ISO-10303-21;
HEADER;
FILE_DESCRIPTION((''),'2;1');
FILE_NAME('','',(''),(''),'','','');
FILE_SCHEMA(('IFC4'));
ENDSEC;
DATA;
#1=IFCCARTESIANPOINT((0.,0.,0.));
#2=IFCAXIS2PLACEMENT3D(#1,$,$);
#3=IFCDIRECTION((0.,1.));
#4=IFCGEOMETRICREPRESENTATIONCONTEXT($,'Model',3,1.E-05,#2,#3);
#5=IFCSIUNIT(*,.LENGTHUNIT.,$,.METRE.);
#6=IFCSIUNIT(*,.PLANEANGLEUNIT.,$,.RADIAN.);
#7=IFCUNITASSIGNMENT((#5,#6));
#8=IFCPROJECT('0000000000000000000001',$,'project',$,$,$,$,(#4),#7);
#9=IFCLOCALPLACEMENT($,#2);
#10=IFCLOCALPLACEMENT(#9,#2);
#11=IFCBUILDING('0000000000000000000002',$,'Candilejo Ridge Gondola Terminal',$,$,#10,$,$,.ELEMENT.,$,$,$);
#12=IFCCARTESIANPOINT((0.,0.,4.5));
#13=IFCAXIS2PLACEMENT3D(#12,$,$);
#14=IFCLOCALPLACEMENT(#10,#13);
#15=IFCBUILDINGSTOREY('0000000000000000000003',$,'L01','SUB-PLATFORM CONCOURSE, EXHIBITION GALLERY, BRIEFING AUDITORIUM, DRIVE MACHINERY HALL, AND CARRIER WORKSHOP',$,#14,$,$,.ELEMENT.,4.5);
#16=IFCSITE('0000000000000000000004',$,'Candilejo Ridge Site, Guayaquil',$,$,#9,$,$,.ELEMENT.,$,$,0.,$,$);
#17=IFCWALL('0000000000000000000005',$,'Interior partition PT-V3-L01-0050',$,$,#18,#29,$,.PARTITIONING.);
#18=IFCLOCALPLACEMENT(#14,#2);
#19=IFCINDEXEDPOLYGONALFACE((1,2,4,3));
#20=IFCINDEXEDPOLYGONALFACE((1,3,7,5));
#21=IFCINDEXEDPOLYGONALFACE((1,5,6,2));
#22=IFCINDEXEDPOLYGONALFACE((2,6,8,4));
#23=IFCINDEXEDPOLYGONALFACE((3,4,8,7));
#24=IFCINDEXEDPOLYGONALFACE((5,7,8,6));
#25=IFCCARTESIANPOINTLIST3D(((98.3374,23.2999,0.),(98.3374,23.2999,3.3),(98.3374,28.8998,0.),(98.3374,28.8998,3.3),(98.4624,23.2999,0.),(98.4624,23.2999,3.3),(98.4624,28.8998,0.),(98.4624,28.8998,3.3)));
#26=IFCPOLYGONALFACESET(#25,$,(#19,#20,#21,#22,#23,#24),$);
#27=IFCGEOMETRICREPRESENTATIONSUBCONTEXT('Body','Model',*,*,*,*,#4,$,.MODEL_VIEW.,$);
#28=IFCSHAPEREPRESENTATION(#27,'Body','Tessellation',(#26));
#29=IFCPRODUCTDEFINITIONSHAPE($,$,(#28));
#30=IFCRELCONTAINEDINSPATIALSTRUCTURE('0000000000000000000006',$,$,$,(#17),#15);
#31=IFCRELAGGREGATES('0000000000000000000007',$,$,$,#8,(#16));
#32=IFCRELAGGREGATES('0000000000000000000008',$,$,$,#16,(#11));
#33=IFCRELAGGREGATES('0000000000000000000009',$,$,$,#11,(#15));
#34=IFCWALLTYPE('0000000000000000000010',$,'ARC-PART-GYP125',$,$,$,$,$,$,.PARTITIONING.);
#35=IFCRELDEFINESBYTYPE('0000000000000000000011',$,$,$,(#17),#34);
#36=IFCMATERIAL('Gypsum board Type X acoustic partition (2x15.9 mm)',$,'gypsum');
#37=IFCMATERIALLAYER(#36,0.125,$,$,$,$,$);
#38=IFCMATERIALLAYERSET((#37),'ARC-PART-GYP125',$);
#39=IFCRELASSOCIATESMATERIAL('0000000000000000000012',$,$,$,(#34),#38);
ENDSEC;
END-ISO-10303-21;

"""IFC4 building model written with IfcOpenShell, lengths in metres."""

from ifc_helpers import new_model, si_unit, direction, frame, frame_2d, origin, place, context, subcontext, project, spatial, rectangle, extrude, material, layer, layer_set, type_object, element, save


model = new_model("IFC4")

# Units and contexts
model_context = context("Model", 3, precision=1e-05, world=origin(), true_north=direction((0.0, 1.0)))
body_context = subcontext(model_context, "Body", "Model", "MODEL_VIEW")
ifc_project = project(units=[si_unit("LENGTHUNIT", "METRE"), si_unit("PLANEANGLEUNIT", "RADIAN")], contexts=[model_context])

# Site, building, storey
site_placement = place(None, origin())
site = spatial("IfcSite", under=ifc_project, at=site_placement, Name="Candilejo Ridge Site, Guayaquil", CompositionType="ELEMENT", RefElevation=0.0)
building_placement = place(site_placement, origin())
building = spatial("IfcBuilding", under=site, at=building_placement, Name="Candilejo Ridge Gondola Terminal", CompositionType="ELEMENT")
storey_placement = place(building_placement, frame((0.0, 0.0, 4.5)))
storey = spatial("IfcBuildingStorey", under=building, at=storey_placement, Name="L01", Description="SUB-PLATFORM CONCOURSE, EXHIBITION GALLERY, BRIEFING AUDITORIUM, DRIVE MACHINERY HALL, AND CARRIER WORKSHOP", CompositionType="ELEMENT", Elevation=4.5)

# Wall
ifc_material_1 = material(Name="Gypsum board Type X acoustic partition (2x15.9 mm)", Category="gypsum")
ifc_layer_1 = layer(ifc_material_1, 0.125)
ifc_layer_set_1 = layer_set([ifc_layer_1], Name="ARC-PART-GYP125")
wall_type = type_object("IfcWallType", Name="ARC-PART-GYP125", PredefinedType="PARTITIONING", material=ifc_layer_set_1)
wall_placement = place(storey_placement, frame((98.3999, 23.3, 0.0), z_axis=(0.0, 0.0, 1.0), x_axis=(0.0, 1.0, 0.0)))
element("IfcWall", 1, at=wall_placement, inside=storey, type_object=wall_type, Name="Interior partition PT-V3-L01-0050", PredefinedType="PARTITIONING", context=body_context, shape_type="SweptSolid", body=[
    extrude(rectangle(XDim=5.5999, YDim=0.125, at=frame_2d((2.7998, 0.0))), origin(), (0.0, 0.0, 1.0), 3.3),
])

save(model, "model.ifc")
